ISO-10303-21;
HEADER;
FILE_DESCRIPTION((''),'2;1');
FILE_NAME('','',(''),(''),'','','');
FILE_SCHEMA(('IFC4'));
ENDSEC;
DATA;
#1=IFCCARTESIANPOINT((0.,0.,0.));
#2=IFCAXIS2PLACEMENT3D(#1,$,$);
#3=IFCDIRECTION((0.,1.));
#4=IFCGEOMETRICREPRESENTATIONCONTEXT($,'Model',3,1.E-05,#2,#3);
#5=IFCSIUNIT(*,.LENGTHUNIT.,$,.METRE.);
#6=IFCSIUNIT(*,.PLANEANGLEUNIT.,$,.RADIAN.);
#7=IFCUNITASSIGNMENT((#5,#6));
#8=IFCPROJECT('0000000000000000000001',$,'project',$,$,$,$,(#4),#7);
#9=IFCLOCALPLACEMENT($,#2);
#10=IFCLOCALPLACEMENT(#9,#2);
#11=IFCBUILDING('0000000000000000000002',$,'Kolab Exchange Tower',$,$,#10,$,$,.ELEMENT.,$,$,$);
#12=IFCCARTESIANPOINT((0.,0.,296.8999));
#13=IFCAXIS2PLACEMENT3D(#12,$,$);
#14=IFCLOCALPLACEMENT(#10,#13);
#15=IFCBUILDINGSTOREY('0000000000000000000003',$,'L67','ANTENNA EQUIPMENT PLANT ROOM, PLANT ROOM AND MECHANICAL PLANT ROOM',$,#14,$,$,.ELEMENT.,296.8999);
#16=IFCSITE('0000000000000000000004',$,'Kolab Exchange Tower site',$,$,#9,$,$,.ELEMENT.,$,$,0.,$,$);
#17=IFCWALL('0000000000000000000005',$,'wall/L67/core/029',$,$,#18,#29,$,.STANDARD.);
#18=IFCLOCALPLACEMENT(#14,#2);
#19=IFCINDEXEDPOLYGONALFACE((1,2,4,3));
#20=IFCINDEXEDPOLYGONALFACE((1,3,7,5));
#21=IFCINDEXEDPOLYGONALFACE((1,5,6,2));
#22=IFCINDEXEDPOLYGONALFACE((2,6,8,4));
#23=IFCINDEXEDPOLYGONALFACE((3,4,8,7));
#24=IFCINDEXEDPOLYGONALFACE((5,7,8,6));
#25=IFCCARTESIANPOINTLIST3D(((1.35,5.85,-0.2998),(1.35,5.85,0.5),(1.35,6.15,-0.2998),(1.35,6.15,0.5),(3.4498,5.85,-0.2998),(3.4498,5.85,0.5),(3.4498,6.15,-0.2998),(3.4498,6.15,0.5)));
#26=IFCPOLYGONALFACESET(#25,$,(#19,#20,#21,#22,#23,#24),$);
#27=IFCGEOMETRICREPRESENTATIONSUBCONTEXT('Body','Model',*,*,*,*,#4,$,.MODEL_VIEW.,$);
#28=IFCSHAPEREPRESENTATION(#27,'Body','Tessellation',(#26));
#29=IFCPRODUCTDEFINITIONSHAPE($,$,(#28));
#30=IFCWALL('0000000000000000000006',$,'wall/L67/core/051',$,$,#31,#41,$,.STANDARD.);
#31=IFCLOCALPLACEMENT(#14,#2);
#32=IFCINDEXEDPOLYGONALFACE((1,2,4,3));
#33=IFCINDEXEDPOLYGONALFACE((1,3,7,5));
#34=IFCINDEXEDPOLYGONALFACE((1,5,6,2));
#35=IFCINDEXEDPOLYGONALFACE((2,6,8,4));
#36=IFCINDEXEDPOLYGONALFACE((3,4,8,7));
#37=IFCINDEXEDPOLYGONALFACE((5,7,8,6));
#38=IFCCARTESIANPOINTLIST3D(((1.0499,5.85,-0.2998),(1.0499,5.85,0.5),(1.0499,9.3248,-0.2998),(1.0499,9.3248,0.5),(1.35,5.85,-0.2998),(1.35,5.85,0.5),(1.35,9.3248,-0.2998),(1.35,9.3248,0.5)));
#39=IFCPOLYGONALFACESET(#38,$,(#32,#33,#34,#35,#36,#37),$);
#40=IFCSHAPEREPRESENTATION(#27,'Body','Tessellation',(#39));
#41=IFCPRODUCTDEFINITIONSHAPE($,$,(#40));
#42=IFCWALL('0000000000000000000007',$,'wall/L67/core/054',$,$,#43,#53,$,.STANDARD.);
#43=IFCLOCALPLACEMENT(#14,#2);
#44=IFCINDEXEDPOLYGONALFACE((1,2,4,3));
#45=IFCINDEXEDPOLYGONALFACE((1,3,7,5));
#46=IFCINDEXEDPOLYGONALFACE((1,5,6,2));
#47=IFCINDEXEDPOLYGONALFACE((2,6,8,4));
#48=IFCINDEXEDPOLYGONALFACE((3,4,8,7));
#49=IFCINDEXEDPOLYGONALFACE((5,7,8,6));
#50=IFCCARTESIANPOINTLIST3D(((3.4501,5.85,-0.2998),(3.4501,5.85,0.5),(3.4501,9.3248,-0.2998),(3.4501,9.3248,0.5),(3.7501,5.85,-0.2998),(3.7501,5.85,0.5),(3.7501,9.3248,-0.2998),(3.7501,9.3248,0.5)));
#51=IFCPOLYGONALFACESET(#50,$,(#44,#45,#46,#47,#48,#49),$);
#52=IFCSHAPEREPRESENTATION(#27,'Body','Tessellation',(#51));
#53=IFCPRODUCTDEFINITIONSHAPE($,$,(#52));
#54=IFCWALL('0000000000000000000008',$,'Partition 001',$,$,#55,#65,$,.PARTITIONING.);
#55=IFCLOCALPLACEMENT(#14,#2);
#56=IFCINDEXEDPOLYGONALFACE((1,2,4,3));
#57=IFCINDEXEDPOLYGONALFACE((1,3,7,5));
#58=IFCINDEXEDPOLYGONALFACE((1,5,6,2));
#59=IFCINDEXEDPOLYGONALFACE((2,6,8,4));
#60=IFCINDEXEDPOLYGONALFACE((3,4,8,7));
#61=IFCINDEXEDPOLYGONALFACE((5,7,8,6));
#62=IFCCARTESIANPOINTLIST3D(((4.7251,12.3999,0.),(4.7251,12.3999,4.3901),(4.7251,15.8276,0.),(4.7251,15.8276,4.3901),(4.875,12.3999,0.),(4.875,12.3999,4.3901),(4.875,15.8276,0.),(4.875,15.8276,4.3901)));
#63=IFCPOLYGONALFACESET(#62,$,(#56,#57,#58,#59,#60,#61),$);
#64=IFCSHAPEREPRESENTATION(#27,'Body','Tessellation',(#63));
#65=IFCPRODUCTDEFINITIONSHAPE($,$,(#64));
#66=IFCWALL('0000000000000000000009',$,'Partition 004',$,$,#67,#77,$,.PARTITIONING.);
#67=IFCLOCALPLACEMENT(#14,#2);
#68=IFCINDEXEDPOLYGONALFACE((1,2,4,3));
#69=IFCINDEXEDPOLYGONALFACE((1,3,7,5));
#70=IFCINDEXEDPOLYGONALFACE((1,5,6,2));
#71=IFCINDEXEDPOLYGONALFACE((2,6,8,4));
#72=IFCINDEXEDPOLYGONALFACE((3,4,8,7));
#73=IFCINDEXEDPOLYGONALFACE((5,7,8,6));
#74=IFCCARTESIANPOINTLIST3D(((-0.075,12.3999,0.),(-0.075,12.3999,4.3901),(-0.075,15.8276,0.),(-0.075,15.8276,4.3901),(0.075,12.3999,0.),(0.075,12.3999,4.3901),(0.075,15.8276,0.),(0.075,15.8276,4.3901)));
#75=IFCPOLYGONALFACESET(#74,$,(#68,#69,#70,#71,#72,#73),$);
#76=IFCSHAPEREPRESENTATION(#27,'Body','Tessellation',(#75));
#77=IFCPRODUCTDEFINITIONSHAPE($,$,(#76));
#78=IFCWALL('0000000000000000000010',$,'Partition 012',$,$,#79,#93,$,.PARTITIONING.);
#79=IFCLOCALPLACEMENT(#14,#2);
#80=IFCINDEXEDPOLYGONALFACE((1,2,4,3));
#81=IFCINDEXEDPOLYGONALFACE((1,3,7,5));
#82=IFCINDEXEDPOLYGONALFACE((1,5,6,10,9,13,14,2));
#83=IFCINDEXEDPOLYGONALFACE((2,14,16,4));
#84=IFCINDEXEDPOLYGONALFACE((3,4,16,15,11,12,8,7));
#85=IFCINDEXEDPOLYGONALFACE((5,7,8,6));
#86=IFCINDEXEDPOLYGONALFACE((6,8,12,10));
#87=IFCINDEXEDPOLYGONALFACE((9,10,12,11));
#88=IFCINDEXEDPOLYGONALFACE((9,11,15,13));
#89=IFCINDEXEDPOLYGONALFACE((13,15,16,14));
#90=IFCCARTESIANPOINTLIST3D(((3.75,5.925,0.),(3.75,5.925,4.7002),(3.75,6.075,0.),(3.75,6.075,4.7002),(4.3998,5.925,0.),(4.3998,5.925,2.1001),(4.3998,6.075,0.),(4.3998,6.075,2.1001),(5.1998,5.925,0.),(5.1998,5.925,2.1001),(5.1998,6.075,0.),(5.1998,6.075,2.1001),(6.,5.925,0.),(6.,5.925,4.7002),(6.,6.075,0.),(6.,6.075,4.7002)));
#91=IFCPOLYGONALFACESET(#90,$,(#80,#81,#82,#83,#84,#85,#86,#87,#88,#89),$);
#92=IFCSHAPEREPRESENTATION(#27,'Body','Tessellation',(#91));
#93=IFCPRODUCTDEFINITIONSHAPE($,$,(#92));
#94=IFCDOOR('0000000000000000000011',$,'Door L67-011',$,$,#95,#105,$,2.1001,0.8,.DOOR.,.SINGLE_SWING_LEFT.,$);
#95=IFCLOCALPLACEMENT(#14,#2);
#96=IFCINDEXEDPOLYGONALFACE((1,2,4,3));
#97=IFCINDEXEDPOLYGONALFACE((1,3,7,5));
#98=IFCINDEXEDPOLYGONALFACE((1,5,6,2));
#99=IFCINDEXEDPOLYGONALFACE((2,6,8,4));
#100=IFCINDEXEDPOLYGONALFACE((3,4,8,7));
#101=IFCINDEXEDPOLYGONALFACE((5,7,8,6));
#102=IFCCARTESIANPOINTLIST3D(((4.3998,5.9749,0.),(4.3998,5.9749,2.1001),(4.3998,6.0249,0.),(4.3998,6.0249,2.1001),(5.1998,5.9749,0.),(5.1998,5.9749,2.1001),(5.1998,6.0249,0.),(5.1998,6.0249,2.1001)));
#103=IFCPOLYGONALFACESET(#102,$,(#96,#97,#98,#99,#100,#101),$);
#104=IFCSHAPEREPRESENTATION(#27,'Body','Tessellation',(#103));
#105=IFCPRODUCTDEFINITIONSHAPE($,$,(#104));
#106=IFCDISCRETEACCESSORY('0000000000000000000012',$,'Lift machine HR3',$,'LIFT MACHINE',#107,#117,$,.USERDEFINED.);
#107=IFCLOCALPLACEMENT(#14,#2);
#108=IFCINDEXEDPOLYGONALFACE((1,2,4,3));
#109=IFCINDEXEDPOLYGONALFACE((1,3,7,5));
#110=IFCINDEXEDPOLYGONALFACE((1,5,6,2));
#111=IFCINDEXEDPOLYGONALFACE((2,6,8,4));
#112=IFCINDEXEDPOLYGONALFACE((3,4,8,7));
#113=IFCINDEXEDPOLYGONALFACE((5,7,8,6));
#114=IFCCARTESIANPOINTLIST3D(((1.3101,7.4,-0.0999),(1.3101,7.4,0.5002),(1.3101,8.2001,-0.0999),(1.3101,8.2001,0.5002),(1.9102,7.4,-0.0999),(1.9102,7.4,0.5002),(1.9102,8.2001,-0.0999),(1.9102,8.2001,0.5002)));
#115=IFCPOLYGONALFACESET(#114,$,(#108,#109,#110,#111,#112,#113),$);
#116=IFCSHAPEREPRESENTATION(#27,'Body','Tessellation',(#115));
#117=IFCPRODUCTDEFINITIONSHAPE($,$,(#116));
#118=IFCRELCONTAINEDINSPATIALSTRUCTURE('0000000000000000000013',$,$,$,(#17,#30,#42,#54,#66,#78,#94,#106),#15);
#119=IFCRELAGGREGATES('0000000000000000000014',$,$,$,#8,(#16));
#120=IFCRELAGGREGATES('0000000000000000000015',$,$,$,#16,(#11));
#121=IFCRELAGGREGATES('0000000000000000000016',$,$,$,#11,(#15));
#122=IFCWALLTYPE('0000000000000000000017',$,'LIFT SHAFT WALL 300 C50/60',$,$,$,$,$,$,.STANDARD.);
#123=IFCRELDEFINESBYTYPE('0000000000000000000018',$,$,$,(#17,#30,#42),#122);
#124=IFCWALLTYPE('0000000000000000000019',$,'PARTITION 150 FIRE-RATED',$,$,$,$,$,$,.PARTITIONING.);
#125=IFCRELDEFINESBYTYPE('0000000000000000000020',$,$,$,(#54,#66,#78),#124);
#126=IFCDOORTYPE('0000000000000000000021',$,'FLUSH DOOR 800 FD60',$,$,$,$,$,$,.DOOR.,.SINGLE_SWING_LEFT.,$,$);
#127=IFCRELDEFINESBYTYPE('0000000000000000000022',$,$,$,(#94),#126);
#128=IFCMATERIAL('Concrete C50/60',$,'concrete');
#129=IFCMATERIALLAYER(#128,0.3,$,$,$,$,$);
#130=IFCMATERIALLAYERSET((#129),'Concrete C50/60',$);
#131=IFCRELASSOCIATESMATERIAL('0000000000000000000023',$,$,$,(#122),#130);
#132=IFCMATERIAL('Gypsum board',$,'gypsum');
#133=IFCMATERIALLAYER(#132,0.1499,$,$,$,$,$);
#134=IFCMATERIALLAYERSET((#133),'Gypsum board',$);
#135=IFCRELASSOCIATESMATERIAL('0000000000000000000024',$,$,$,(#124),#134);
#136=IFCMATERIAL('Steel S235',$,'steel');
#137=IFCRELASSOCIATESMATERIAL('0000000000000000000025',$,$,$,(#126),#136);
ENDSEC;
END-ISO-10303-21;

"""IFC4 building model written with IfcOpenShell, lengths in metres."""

from ifc_helpers import new_model, si_unit, direction, frame, frame_2d, origin, origin_2d, place, context, subcontext, project, spatial, rectangle, extrude, material, layer, layer_set, type_object, element, fill, save


model = new_model("IFC4")

# Units and contexts
model_context = context("Model", 3, precision=1e-05, world=origin(), true_north=direction((0.0, 1.0)))
body_context = subcontext(model_context, "Body", "Model", "MODEL_VIEW")
ifc_project = project(units=[si_unit("LENGTHUNIT", "METRE"), si_unit("PLANEANGLEUNIT", "RADIAN")], contexts=[model_context])

# Site, building, storey
site_placement = place(None, origin())
site = spatial("IfcSite", under=ifc_project, at=site_placement, Name="Kolab Exchange Tower site", CompositionType="ELEMENT", RefElevation=0.0)
building_placement = place(site_placement, origin())
building = spatial("IfcBuilding", under=site, at=building_placement, Name="Kolab Exchange Tower", CompositionType="ELEMENT")
storey_placement = place(building_placement, frame((0.0, 0.0, 296.8999)))
storey = spatial("IfcBuildingStorey", under=building, at=storey_placement, Name="L67", Description="ANTENNA EQUIPMENT PLANT ROOM, PLANT ROOM AND MECHANICAL PLANT ROOM", CompositionType="ELEMENT", Elevation=296.8999)

# Shared definitions
ifc_material_1 = material(Name="Concrete C50/60", Category="concrete")

# Walls
ifc_layer_1 = layer(ifc_material_1, 0.3)
ifc_layer_set_1 = layer_set([ifc_layer_1], Name="Concrete C50/60")
wall_type_1 = type_object("IfcWallType", Name="LIFT SHAFT WALL 300 C50/60", PredefinedType="STANDARD", material=ifc_layer_set_1)
wall_1_placement = place(storey_placement, frame((1.3501, 6.0, -0.2998), z_axis=(0.0, 0.0, 1.0), x_axis=(1.0, 0.0, 0.0)))
element("IfcWall", 1, at=wall_1_placement, inside=storey, type_object=wall_type_1, Name="wall/L67/core/029", PredefinedType="STANDARD", context=body_context, shape_type="SweptSolid", body=[
    extrude(rectangle(XDim=2.0999, YDim=0.3, at=frame_2d((1.0498, 0.0))), origin(), (0.0, 0.0, 1.0), 0.7998),
])
for number, where, z_axis, x_axis, name in (
    (2, (1.2, 5.8501, -0.2998), (0.0, 0.0, 1.0), (0.0, 1.0, 0.0), "wall/L67/core/051"),
    (3, (3.6001, 5.8501, -0.2998), (0.0, 0.0, 1.0), (0.0, 1.0, 0.0), "wall/L67/core/054"),
):
    element("IfcWall", number, at=place(storey_placement, frame(where, z_axis=z_axis, x_axis=x_axis)), inside=storey, type_object=wall_type_1, Name=name, PredefinedType="STANDARD", context=body_context, shape_type="SweptSolid", body=[
        extrude(rectangle(XDim=3.4749, YDim=0.3, at=frame_2d((1.7373, 0.0))), origin(), (0.0, 0.0, 1.0), 0.7998),
    ])
ifc_material_2 = material(Name="Gypsum board", Category="gypsum")
ifc_layer_2 = layer(ifc_material_2, 0.1499)
ifc_layer_set_2 = layer_set([ifc_layer_2], Name="Gypsum board")
wall_type_2 = type_object("IfcWallType", Name="PARTITION 150 FIRE-RATED", PredefinedType="PARTITIONING", material=ifc_layer_set_2)
for number, where, z_axis, x_axis, name in (
    (4, (4.8, 12.3999, 0.0), (0.0, 0.0, 1.0), (0.0, 1.0, 0.0), "Partition 001"),
    (5, (0.0, 12.3999, 0.0), (0.0, 0.0, 1.0), (0.0, 1.0, 0.0), "Partition 004"),
):
    element("IfcWall", number, at=place(storey_placement, frame(where, z_axis=z_axis, x_axis=x_axis)), inside=storey, type_object=wall_type_2, Name=name, PredefinedType="PARTITIONING", context=body_context, shape_type="SweptSolid", body=[
        extrude(rectangle(XDim=3.4277, YDim=0.1499, at=frame_2d((1.7139, 0.0))), origin(), (0.0, 0.0, 1.0), 4.3901),
    ])

# Wall, opening, door
wall_2_placement = place(storey_placement, frame((3.75, 6.0, 0.0), z_axis=(0.0, 0.0, 1.0), x_axis=(1.0, 0.0, 0.0)))
wall_2 = element("IfcWall", 6, at=wall_2_placement, inside=storey, type_object=wall_type_2, Name="Partition 012", PredefinedType="PARTITIONING", context=body_context, shape_type="SweptSolid", body=[
    extrude(rectangle(XDim=2.25, YDim=0.1499, at=frame_2d((1.125, 0.0))), origin(), (0.0, 0.0, 1.0), 4.7002),
])
opening_1_placement = place(wall_2_placement, frame((0.6499, 0.0, 0.0)))
opening_1 = element("IfcOpeningElement", 7, at=opening_1_placement, cuts=wall_2, PredefinedType="OPENING", context=body_context, shape_type="SweptSolid", body=[
    extrude(rectangle(XDim=0.8, YDim=2.1001, at=frame_2d((0.3999, 1.05))), frame((0.0, 0.085, 0.0), z_axis=(0.0, -1.0, 0.0), x_axis=(1.0, 0.0, 0.0)), (0.0, 0.0, 1.0), 0.1699),
])
ifc_material_3 = material(Name="Steel S235", Category="steel")
door_type = type_object("IfcDoorType", Name="FLUSH DOOR 800 FD60", OperationType="SINGLE_SWING_LEFT", PredefinedType="DOOR", material=ifc_material_3)
door_placement = place(opening_1_placement, origin())
door = element("IfcDoor", 8, at=door_placement, inside=storey, type_object=door_type, Name="Door L67-011", OperationType="SINGLE_SWING_LEFT", OverallHeight=2.1001, OverallWidth=0.8, PredefinedType="DOOR", context=body_context, shape_type="SweptSolid", body=[
    extrude(rectangle(XDim=0.8, YDim=2.1001, at=frame_2d((0.3999, 1.05))), frame((0.0, 0.0249, 0.0), z_axis=(0.0, -1.0, 0.0), x_axis=(1.0, 0.0, 0.0)), (0.0, 0.0, 1.0), 0.05),
])
fill(opening_1, door)

# Discrete accessory
discrete_accessory_placement = place(storey_placement, frame((1.6101, 7.8, -0.0999), z_axis=(0.0, 0.0, 1.0), x_axis=(1.0, 0.0, 0.0)))
element("IfcDiscreteAccessory", 9, at=discrete_accessory_placement, inside=storey, Name="Lift machine HR3", ObjectType="LIFT MACHINE", PredefinedType="USERDEFINED", context=body_context, shape_type="SweptSolid", body=[
    extrude(rectangle(XDim=0.6001, YDim=0.8, at=origin_2d()), origin(), (0.0, 0.0, 1.0), 0.6001),
])

save(model, "model.ifc")
